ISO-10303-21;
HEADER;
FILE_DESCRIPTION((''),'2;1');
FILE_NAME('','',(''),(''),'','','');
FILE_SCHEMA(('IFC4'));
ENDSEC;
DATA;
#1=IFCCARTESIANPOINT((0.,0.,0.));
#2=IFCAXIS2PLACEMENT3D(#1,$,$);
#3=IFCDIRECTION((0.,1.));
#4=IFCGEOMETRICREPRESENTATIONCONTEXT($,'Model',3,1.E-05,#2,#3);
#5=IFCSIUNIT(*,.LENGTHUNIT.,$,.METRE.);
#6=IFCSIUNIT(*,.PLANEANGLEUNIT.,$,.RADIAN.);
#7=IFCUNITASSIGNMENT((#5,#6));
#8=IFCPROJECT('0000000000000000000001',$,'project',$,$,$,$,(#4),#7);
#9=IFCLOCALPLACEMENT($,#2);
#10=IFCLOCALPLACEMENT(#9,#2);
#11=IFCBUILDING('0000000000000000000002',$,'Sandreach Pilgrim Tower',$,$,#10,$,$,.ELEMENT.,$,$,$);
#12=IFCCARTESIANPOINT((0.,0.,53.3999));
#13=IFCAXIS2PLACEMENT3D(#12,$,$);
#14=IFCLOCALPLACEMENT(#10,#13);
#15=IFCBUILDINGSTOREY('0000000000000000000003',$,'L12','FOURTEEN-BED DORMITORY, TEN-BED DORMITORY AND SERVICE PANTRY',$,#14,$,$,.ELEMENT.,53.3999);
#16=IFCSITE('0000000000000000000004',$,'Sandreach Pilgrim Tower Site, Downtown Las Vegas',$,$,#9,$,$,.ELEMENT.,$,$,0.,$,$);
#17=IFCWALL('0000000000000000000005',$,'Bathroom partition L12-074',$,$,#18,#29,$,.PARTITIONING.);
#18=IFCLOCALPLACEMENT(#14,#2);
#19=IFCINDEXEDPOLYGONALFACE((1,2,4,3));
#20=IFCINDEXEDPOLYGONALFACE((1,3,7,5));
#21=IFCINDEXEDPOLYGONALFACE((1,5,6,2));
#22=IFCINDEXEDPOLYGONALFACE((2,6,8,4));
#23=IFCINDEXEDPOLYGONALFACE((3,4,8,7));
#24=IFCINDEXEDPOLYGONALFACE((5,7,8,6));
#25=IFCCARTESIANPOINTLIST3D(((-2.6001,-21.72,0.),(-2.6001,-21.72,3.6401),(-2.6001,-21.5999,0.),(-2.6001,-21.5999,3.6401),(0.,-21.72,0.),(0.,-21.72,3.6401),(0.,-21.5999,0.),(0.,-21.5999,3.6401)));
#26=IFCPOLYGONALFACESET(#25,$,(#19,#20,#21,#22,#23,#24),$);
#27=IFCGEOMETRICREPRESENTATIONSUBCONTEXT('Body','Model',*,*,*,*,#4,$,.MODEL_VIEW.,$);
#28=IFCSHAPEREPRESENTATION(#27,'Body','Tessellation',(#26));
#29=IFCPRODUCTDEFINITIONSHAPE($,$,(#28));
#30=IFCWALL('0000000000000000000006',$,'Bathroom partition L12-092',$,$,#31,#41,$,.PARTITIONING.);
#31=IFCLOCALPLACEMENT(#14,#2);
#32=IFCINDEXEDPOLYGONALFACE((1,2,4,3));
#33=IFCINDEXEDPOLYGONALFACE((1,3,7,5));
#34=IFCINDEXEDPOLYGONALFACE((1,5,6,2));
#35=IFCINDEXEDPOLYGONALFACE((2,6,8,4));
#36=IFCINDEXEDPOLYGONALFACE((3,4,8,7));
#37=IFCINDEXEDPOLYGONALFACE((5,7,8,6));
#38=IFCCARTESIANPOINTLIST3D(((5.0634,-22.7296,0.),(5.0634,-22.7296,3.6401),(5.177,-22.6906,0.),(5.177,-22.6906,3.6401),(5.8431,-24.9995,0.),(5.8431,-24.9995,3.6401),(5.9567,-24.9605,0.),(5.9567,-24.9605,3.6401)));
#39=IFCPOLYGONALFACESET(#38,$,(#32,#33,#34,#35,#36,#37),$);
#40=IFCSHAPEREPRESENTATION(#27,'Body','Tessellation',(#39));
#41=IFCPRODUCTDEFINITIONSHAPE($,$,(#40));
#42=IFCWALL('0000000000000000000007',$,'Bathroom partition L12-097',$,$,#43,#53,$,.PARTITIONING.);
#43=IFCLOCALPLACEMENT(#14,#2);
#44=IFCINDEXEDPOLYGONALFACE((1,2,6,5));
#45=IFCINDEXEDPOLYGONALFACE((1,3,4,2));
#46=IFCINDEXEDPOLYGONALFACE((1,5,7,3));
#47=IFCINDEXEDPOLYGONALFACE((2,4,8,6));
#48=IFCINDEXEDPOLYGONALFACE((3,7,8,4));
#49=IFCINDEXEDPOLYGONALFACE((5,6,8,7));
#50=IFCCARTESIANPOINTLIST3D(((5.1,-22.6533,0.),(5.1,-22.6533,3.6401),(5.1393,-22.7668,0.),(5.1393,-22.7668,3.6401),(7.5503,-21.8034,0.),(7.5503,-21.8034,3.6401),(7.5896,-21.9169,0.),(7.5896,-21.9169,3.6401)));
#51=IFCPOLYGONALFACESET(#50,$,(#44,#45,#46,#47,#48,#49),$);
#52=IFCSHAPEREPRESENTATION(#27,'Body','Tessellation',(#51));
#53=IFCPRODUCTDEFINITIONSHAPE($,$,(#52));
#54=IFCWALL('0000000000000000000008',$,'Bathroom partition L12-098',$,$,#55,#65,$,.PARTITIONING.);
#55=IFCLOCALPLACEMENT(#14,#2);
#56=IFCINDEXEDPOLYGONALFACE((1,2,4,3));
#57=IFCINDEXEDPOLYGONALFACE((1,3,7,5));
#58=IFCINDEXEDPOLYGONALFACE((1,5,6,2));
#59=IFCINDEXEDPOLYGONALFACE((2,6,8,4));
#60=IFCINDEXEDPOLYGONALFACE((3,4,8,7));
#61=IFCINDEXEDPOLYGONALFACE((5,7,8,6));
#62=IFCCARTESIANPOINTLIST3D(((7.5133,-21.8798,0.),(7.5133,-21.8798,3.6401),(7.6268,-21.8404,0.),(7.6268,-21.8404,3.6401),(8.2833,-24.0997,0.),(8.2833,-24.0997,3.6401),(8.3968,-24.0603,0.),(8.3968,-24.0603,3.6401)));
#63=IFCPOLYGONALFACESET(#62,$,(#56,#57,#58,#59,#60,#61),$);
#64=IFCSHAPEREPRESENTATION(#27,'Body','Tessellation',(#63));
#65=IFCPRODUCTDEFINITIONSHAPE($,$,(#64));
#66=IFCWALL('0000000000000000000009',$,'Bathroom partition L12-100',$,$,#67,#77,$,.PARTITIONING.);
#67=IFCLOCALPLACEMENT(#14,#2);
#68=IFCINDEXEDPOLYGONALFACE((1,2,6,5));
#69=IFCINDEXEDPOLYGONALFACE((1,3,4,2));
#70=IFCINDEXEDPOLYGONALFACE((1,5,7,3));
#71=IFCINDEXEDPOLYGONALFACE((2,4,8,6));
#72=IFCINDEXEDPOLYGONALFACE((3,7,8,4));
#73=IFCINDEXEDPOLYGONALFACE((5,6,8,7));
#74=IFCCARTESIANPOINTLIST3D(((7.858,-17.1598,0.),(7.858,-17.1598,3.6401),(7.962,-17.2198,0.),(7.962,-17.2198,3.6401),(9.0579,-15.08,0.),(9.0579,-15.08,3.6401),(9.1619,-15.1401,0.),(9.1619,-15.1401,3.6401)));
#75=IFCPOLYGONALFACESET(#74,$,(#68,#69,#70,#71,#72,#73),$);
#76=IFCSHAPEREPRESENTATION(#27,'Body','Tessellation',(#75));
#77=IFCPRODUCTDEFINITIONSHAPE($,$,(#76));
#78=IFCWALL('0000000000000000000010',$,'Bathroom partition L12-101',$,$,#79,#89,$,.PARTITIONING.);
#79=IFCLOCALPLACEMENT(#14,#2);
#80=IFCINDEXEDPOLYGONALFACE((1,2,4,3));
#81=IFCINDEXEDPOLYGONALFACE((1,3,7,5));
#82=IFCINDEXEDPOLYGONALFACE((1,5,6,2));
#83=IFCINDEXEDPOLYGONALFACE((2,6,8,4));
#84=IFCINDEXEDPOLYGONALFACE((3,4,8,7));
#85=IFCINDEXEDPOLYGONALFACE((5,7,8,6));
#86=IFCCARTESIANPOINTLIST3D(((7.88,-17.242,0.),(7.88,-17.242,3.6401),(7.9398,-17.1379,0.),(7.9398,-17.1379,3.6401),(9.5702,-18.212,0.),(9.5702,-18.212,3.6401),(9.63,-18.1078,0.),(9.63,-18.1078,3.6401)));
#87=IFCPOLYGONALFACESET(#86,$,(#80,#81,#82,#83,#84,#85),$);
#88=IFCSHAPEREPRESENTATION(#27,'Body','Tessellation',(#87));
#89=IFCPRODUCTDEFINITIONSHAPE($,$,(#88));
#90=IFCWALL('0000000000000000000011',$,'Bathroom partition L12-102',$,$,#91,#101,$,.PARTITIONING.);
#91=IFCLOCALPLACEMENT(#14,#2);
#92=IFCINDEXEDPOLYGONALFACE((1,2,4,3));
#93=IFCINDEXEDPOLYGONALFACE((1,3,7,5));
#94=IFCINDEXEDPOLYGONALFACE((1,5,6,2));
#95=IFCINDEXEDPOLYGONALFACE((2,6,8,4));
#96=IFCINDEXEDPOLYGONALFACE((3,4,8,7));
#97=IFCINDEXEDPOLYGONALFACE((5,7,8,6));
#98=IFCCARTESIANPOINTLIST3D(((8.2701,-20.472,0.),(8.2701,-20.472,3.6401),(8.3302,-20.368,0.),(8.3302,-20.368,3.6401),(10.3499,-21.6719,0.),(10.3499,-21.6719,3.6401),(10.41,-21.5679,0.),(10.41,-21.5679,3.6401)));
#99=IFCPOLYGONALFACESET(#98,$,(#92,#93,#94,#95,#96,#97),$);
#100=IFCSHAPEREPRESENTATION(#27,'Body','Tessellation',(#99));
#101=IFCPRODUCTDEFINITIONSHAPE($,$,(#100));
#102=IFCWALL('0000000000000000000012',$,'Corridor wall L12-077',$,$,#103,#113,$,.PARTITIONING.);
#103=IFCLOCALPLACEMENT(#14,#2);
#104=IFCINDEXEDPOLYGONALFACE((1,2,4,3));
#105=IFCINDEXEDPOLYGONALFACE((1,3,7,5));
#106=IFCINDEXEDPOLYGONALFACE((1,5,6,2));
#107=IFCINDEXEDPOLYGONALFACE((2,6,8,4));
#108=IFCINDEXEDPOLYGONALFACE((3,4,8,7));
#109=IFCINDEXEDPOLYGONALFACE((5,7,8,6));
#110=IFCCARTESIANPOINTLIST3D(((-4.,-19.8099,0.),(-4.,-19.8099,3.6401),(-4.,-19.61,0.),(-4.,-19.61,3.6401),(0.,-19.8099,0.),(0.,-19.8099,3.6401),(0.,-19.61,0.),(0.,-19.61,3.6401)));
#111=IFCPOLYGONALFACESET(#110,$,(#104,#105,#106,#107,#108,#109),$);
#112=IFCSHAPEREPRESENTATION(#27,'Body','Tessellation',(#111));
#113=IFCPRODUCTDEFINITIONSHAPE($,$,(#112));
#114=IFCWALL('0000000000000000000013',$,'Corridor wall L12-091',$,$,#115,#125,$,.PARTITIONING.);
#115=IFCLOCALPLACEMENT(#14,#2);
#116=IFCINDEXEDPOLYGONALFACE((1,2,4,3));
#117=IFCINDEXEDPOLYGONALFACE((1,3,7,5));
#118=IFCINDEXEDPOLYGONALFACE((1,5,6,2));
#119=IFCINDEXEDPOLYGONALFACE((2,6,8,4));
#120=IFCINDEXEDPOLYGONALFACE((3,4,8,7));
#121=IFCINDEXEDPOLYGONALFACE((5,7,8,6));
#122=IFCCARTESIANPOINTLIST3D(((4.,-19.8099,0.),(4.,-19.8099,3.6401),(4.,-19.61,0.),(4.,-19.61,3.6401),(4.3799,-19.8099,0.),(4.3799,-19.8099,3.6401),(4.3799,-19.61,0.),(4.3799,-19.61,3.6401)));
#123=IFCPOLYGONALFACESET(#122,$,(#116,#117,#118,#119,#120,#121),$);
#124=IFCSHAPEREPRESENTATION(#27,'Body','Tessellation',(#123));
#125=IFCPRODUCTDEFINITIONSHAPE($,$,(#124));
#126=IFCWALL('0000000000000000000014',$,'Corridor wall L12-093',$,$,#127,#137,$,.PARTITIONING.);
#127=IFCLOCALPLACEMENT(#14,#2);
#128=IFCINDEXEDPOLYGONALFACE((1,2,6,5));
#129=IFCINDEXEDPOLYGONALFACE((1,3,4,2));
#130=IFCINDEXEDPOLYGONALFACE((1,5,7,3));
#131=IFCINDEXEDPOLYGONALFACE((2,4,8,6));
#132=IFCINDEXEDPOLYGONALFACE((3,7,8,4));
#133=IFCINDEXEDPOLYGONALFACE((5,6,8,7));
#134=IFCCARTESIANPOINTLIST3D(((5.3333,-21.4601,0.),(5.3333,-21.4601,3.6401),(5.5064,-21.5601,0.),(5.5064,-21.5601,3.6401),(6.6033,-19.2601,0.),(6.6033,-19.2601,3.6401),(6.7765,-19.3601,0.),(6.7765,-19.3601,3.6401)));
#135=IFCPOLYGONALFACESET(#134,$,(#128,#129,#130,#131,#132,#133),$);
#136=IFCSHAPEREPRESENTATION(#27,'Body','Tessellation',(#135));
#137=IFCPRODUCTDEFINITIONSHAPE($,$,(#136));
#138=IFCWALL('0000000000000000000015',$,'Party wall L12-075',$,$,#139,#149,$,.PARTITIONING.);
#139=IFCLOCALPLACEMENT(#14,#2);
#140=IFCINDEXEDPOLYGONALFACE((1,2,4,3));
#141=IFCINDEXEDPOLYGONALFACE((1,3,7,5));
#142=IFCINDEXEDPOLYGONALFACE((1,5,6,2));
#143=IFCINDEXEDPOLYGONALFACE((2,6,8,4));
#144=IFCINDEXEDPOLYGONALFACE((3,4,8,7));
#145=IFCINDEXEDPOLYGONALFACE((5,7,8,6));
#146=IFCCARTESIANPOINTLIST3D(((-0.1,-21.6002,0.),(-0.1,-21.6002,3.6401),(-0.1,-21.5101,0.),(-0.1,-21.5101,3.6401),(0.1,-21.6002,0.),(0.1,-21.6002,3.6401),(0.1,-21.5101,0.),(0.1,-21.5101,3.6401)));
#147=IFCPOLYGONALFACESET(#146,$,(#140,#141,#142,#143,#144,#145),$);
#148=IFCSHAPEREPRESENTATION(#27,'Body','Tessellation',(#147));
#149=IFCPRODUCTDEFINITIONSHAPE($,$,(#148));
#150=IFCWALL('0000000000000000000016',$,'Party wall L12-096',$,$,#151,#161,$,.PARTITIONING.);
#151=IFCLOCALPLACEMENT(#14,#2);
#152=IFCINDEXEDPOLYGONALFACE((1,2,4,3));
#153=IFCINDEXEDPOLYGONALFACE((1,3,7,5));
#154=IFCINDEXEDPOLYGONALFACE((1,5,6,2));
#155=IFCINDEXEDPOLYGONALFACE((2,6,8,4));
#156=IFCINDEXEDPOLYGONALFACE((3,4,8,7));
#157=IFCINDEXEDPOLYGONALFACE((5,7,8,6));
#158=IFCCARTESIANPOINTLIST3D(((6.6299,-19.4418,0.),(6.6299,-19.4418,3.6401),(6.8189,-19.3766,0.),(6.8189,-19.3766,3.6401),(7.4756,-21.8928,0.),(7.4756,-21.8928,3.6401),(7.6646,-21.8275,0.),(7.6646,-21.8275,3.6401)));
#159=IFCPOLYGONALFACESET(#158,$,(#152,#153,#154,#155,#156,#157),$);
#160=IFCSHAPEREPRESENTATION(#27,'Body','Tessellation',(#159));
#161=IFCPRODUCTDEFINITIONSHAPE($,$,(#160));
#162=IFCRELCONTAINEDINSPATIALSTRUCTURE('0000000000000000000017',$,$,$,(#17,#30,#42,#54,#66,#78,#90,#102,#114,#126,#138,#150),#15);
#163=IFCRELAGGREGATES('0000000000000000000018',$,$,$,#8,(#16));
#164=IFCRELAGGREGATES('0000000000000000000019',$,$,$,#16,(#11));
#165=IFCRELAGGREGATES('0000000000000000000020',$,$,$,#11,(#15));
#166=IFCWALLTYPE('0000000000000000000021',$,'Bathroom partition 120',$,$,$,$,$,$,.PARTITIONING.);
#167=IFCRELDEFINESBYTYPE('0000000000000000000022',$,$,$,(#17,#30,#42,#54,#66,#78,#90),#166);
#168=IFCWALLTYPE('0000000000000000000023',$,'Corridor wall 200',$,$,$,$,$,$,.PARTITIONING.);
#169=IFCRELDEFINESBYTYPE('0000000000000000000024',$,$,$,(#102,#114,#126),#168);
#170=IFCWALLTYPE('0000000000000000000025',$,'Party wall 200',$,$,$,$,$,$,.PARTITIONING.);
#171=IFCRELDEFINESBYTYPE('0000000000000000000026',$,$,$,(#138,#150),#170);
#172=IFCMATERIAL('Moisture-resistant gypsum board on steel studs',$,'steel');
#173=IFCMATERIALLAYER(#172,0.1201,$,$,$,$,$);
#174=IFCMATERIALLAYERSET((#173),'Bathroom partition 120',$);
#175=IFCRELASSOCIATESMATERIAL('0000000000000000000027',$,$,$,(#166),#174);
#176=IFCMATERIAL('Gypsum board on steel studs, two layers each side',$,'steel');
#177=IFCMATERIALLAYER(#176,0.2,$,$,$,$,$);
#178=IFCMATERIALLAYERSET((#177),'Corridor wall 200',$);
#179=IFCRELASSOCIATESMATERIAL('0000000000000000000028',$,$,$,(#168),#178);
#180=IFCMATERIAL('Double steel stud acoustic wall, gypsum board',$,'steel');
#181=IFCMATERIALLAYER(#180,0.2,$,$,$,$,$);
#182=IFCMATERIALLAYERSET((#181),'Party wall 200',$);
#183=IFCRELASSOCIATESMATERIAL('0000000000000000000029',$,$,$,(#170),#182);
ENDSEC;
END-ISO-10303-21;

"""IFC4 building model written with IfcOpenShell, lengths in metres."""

from ifc_helpers import new_model, si_unit, direction, frame, frame_2d, origin, place, context, subcontext, project, spatial, rectangle, extrude, material, layer, layer_set, type_object, element, save


model = new_model("IFC4")

# Units and contexts
model_context = context("Model", 3, precision=1e-05, world=origin(), true_north=direction((0.0, 1.0)))
body_context = subcontext(model_context, "Body", "Model", "MODEL_VIEW")
ifc_project = project(units=[si_unit("LENGTHUNIT", "METRE"), si_unit("PLANEANGLEUNIT", "RADIAN")], contexts=[model_context])

# Site, building, storey
site_placement = place(None, origin())
site = spatial("IfcSite", under=ifc_project, at=site_placement, Name="Sandreach Pilgrim Tower Site, Downtown Las Vegas", CompositionType="ELEMENT", RefElevation=0.0)
building_placement = place(site_placement, origin())
building = spatial("IfcBuilding", under=site, at=building_placement, Name="Sandreach Pilgrim Tower", CompositionType="ELEMENT")
storey_placement = place(building_placement, frame((0.0, 0.0, 53.3999)))
storey = spatial("IfcBuildingStorey", under=building, at=storey_placement, Name="L12", Description="FOURTEEN-BED DORMITORY, TEN-BED DORMITORY AND SERVICE PANTRY", CompositionType="ELEMENT", Elevation=53.3999)

# Walls
ifc_material_1 = material(Name="Moisture-resistant gypsum board on steel studs", Category="steel")
ifc_layer_1 = layer(ifc_material_1, 0.1201)
ifc_layer_set_1 = layer_set([ifc_layer_1], Name="Bathroom partition 120")
wall_type_1 = type_object("IfcWallType", Name="Bathroom partition 120", PredefinedType="PARTITIONING", material=ifc_layer_set_1)
wall_1_placement = place(storey_placement, frame((0.0, -21.6599, 0.0), z_axis=(0.0, 0.0, 1.0), x_axis=(-1.0, 0.0, 0.0)))
element("IfcWall", 1, at=wall_1_placement, inside=storey, type_object=wall_type_1, Name="Bathroom partition L12-074", PredefinedType="PARTITIONING", context=body_context, shape_type="SweptSolid", body=[
    extrude(rectangle(XDim=2.6001, YDim=0.1201, at=frame_2d((1.3, 0.0))), origin(), (0.0, 0.0, 1.0), 3.6401),
])
wall_2_placement = place(storey_placement, frame((5.1201, -22.71, 0.0), z_axis=(0.0, 0.0, 1.0), x_axis=(0.324881, -0.945755, 0.0)))
element("IfcWall", 2, at=wall_2_placement, inside=storey, type_object=wall_type_1, Name="Bathroom partition L12-092", PredefinedType="PARTITIONING", context=body_context, shape_type="SweptSolid", body=[
    extrude(rectangle(XDim=2.4001, YDim=0.1201, at=frame_2d((1.2002, 0.0))), origin(), (0.0, 0.0, 1.0), 3.6401),
])
wall_3_placement = place(storey_placement, frame((7.5701, -21.8601, 0.0), z_axis=(0.0, 0.0, 1.0), x_axis=(-0.944782, -0.327699, 0.0)))
element("IfcWall", 3, at=wall_3_placement, inside=storey, type_object=wall_type_1, Name="Bathroom partition L12-097", PredefinedType="PARTITIONING", context=body_context, shape_type="SweptSolid", body=[
    extrude(rectangle(XDim=2.5935, YDim=0.1201, at=frame_2d((1.2969, 0.0))), origin(), (0.0, 0.0, 1.0), 3.6401),
])
wall_4_placement = place(storey_placement, frame((7.5701, -21.8601, 0.0), z_axis=(0.0, 0.0, 1.0), x_axis=(0.327706, -0.94478, 0.0)))
element("IfcWall", 4, at=wall_4_placement, inside=storey, type_object=wall_type_1, Name="Bathroom partition L12-098", PredefinedType="PARTITIONING", context=body_context, shape_type="SweptSolid", body=[
    extrude(rectangle(XDim=2.3496, YDim=0.1201, at=frame_2d((1.1748, 0.0))), origin(), (0.0, 0.0, 1.0), 3.6401),
])
wall_5_placement = place(storey_placement, frame((7.9099, -17.1899, 0.0), z_axis=(0.0, 0.0, 1.0), x_axis=(0.499737, 0.866177, 0.0)))
element("IfcWall", 5, at=wall_5_placement, inside=storey, type_object=wall_type_1, Name="Bathroom partition L12-100", PredefinedType="PARTITIONING", context=body_context, shape_type="SweptSolid", body=[
    extrude(rectangle(XDim=2.4011, YDim=0.1201, at=frame_2d((1.2007, 0.0))), origin(), (0.0, 0.0, 1.0), 3.6401),
])
wall_6_placement = place(storey_placement, frame((7.9099, -17.1899, 0.0), z_axis=(0.0, 0.0, 1.0), x_axis=(0.867324, -0.497744, 0.0)))
element("IfcWall", 6, at=wall_6_placement, inside=storey, type_object=wall_type_1, Name="Bathroom partition L12-101", PredefinedType="PARTITIONING", context=body_context, shape_type="SweptSolid", body=[
    extrude(rectangle(XDim=1.9487, YDim=0.1201, at=frame_2d((0.9744, 0.0))), origin(), (0.0, 0.0, 1.0), 3.6401),
])
wall_7_placement = place(storey_placement, frame((8.3, -20.4199, 0.0), z_axis=(0.0, 0.0, 1.0), x_axis=(0.866177, -0.499737, 0.0)))
element("IfcWall", 7, at=wall_7_placement, inside=storey, type_object=wall_type_1, Name="Bathroom partition L12-102", PredefinedType="PARTITIONING", context=body_context, shape_type="SweptSolid", body=[
    extrude(rectangle(XDim=2.4011, YDim=0.1201, at=frame_2d((1.2007, 0.0))), origin(), (0.0, 0.0, 1.0), 3.6401),
])

# Shared definitions
ifc_material_2 = material(Name="Gypsum board on steel studs, two layers each side", Category="steel")
ifc_layer_2 = layer(ifc_material_2, 0.2)
ifc_layer_set_2 = layer_set([ifc_layer_2], Name="Corridor wall 200")
wall_type_2 = type_object("IfcWallType", Name="Corridor wall 200", PredefinedType="PARTITIONING", material=ifc_layer_set_2)

# Wall
wall_8_placement = place(storey_placement, frame((0.0, -19.71, 0.0), z_axis=(0.0, 0.0, 1.0), x_axis=(-1.0, 0.0, 0.0)))
element("IfcWall", 8, at=wall_8_placement, inside=storey, type_object=wall_type_2, Name="Corridor wall L12-077", PredefinedType="PARTITIONING", context=body_context, shape_type="SweptSolid", body=[
    extrude(rectangle(XDim=4.0, YDim=0.2, at=frame_2d((2.0, 0.0))), origin(), (0.0, 0.0, 1.0), 3.6401),
])

# Walls
wall_9_placement = place(storey_placement, frame((4.3799, -19.71, 0.0), z_axis=(0.0, 0.0, 1.0), x_axis=(-1.0, 0.0, 0.0)))
element("IfcWall", 9, at=wall_9_placement, inside=storey, type_object=wall_type_2, Name="Corridor wall L12-091", PredefinedType="PARTITIONING", context=body_context, shape_type="SweptSolid", body=[
    extrude(rectangle(XDim=0.3799, YDim=0.2, at=frame_2d((0.1899, 0.0))), origin(), (0.0, 0.0, 1.0), 3.6401),
])
wall_10_placement = place(storey_placement, frame((5.4199, -21.51, 0.0), z_axis=(0.0, 0.0, 1.0), x_axis=(0.499964, 0.866046, 0.0)))
element("IfcWall", 10, at=wall_10_placement, inside=storey, type_object=wall_type_2, Name="Corridor wall L12-093", PredefinedType="PARTITIONING", context=body_context, shape_type="SweptSolid", body=[
    extrude(rectangle(XDim=2.5403, YDim=0.2, at=frame_2d((1.27, 0.0))), origin(), (0.0, 0.0, 1.0), 3.6401),
])

# Walls
ifc_material_3 = material(Name="Double steel stud acoustic wall, gypsum board", Category="steel")
ifc_layer_3 = layer(ifc_material_3, 0.2)
ifc_layer_set_3 = layer_set([ifc_layer_3], Name="Party wall 200")
wall_type_3 = type_object("IfcWallType", Name="Party wall 200", PredefinedType="PARTITIONING", material=ifc_layer_set_3)
wall_11_placement = place(storey_placement, frame((0.0, -21.6001, 0.0), z_axis=(0.0, 0.0, 1.0), x_axis=(0.0, 1.0, 0.0)))
element("IfcWall", 11, at=wall_11_placement, inside=storey, type_object=wall_type_3, Name="Party wall L12-075", PredefinedType="PARTITIONING", context=body_context, shape_type="SweptSolid", body=[
    extrude(rectangle(XDim=0.0901, YDim=0.2, at=frame_2d((0.0449, 0.0))), origin(), (0.0, 0.0, 1.0), 3.6401),
])
wall_12_placement = place(storey_placement, frame((6.7244, -19.4092, 0.0), z_axis=(0.0, 0.0, 1.0), x_axis=(0.326182, -0.945307, 0.0)))
element("IfcWall", 12, at=wall_12_placement, inside=storey, type_object=wall_type_3, Name="Party wall L12-096", PredefinedType="PARTITIONING", context=body_context, shape_type="SweptSolid", body=[
    extrude(rectangle(XDim=2.5928, YDim=0.2, at=frame_2d((1.2964, 0.0))), origin(), (0.0, 0.0, 1.0), 3.6401),
])

save(model, "model.ifc")
